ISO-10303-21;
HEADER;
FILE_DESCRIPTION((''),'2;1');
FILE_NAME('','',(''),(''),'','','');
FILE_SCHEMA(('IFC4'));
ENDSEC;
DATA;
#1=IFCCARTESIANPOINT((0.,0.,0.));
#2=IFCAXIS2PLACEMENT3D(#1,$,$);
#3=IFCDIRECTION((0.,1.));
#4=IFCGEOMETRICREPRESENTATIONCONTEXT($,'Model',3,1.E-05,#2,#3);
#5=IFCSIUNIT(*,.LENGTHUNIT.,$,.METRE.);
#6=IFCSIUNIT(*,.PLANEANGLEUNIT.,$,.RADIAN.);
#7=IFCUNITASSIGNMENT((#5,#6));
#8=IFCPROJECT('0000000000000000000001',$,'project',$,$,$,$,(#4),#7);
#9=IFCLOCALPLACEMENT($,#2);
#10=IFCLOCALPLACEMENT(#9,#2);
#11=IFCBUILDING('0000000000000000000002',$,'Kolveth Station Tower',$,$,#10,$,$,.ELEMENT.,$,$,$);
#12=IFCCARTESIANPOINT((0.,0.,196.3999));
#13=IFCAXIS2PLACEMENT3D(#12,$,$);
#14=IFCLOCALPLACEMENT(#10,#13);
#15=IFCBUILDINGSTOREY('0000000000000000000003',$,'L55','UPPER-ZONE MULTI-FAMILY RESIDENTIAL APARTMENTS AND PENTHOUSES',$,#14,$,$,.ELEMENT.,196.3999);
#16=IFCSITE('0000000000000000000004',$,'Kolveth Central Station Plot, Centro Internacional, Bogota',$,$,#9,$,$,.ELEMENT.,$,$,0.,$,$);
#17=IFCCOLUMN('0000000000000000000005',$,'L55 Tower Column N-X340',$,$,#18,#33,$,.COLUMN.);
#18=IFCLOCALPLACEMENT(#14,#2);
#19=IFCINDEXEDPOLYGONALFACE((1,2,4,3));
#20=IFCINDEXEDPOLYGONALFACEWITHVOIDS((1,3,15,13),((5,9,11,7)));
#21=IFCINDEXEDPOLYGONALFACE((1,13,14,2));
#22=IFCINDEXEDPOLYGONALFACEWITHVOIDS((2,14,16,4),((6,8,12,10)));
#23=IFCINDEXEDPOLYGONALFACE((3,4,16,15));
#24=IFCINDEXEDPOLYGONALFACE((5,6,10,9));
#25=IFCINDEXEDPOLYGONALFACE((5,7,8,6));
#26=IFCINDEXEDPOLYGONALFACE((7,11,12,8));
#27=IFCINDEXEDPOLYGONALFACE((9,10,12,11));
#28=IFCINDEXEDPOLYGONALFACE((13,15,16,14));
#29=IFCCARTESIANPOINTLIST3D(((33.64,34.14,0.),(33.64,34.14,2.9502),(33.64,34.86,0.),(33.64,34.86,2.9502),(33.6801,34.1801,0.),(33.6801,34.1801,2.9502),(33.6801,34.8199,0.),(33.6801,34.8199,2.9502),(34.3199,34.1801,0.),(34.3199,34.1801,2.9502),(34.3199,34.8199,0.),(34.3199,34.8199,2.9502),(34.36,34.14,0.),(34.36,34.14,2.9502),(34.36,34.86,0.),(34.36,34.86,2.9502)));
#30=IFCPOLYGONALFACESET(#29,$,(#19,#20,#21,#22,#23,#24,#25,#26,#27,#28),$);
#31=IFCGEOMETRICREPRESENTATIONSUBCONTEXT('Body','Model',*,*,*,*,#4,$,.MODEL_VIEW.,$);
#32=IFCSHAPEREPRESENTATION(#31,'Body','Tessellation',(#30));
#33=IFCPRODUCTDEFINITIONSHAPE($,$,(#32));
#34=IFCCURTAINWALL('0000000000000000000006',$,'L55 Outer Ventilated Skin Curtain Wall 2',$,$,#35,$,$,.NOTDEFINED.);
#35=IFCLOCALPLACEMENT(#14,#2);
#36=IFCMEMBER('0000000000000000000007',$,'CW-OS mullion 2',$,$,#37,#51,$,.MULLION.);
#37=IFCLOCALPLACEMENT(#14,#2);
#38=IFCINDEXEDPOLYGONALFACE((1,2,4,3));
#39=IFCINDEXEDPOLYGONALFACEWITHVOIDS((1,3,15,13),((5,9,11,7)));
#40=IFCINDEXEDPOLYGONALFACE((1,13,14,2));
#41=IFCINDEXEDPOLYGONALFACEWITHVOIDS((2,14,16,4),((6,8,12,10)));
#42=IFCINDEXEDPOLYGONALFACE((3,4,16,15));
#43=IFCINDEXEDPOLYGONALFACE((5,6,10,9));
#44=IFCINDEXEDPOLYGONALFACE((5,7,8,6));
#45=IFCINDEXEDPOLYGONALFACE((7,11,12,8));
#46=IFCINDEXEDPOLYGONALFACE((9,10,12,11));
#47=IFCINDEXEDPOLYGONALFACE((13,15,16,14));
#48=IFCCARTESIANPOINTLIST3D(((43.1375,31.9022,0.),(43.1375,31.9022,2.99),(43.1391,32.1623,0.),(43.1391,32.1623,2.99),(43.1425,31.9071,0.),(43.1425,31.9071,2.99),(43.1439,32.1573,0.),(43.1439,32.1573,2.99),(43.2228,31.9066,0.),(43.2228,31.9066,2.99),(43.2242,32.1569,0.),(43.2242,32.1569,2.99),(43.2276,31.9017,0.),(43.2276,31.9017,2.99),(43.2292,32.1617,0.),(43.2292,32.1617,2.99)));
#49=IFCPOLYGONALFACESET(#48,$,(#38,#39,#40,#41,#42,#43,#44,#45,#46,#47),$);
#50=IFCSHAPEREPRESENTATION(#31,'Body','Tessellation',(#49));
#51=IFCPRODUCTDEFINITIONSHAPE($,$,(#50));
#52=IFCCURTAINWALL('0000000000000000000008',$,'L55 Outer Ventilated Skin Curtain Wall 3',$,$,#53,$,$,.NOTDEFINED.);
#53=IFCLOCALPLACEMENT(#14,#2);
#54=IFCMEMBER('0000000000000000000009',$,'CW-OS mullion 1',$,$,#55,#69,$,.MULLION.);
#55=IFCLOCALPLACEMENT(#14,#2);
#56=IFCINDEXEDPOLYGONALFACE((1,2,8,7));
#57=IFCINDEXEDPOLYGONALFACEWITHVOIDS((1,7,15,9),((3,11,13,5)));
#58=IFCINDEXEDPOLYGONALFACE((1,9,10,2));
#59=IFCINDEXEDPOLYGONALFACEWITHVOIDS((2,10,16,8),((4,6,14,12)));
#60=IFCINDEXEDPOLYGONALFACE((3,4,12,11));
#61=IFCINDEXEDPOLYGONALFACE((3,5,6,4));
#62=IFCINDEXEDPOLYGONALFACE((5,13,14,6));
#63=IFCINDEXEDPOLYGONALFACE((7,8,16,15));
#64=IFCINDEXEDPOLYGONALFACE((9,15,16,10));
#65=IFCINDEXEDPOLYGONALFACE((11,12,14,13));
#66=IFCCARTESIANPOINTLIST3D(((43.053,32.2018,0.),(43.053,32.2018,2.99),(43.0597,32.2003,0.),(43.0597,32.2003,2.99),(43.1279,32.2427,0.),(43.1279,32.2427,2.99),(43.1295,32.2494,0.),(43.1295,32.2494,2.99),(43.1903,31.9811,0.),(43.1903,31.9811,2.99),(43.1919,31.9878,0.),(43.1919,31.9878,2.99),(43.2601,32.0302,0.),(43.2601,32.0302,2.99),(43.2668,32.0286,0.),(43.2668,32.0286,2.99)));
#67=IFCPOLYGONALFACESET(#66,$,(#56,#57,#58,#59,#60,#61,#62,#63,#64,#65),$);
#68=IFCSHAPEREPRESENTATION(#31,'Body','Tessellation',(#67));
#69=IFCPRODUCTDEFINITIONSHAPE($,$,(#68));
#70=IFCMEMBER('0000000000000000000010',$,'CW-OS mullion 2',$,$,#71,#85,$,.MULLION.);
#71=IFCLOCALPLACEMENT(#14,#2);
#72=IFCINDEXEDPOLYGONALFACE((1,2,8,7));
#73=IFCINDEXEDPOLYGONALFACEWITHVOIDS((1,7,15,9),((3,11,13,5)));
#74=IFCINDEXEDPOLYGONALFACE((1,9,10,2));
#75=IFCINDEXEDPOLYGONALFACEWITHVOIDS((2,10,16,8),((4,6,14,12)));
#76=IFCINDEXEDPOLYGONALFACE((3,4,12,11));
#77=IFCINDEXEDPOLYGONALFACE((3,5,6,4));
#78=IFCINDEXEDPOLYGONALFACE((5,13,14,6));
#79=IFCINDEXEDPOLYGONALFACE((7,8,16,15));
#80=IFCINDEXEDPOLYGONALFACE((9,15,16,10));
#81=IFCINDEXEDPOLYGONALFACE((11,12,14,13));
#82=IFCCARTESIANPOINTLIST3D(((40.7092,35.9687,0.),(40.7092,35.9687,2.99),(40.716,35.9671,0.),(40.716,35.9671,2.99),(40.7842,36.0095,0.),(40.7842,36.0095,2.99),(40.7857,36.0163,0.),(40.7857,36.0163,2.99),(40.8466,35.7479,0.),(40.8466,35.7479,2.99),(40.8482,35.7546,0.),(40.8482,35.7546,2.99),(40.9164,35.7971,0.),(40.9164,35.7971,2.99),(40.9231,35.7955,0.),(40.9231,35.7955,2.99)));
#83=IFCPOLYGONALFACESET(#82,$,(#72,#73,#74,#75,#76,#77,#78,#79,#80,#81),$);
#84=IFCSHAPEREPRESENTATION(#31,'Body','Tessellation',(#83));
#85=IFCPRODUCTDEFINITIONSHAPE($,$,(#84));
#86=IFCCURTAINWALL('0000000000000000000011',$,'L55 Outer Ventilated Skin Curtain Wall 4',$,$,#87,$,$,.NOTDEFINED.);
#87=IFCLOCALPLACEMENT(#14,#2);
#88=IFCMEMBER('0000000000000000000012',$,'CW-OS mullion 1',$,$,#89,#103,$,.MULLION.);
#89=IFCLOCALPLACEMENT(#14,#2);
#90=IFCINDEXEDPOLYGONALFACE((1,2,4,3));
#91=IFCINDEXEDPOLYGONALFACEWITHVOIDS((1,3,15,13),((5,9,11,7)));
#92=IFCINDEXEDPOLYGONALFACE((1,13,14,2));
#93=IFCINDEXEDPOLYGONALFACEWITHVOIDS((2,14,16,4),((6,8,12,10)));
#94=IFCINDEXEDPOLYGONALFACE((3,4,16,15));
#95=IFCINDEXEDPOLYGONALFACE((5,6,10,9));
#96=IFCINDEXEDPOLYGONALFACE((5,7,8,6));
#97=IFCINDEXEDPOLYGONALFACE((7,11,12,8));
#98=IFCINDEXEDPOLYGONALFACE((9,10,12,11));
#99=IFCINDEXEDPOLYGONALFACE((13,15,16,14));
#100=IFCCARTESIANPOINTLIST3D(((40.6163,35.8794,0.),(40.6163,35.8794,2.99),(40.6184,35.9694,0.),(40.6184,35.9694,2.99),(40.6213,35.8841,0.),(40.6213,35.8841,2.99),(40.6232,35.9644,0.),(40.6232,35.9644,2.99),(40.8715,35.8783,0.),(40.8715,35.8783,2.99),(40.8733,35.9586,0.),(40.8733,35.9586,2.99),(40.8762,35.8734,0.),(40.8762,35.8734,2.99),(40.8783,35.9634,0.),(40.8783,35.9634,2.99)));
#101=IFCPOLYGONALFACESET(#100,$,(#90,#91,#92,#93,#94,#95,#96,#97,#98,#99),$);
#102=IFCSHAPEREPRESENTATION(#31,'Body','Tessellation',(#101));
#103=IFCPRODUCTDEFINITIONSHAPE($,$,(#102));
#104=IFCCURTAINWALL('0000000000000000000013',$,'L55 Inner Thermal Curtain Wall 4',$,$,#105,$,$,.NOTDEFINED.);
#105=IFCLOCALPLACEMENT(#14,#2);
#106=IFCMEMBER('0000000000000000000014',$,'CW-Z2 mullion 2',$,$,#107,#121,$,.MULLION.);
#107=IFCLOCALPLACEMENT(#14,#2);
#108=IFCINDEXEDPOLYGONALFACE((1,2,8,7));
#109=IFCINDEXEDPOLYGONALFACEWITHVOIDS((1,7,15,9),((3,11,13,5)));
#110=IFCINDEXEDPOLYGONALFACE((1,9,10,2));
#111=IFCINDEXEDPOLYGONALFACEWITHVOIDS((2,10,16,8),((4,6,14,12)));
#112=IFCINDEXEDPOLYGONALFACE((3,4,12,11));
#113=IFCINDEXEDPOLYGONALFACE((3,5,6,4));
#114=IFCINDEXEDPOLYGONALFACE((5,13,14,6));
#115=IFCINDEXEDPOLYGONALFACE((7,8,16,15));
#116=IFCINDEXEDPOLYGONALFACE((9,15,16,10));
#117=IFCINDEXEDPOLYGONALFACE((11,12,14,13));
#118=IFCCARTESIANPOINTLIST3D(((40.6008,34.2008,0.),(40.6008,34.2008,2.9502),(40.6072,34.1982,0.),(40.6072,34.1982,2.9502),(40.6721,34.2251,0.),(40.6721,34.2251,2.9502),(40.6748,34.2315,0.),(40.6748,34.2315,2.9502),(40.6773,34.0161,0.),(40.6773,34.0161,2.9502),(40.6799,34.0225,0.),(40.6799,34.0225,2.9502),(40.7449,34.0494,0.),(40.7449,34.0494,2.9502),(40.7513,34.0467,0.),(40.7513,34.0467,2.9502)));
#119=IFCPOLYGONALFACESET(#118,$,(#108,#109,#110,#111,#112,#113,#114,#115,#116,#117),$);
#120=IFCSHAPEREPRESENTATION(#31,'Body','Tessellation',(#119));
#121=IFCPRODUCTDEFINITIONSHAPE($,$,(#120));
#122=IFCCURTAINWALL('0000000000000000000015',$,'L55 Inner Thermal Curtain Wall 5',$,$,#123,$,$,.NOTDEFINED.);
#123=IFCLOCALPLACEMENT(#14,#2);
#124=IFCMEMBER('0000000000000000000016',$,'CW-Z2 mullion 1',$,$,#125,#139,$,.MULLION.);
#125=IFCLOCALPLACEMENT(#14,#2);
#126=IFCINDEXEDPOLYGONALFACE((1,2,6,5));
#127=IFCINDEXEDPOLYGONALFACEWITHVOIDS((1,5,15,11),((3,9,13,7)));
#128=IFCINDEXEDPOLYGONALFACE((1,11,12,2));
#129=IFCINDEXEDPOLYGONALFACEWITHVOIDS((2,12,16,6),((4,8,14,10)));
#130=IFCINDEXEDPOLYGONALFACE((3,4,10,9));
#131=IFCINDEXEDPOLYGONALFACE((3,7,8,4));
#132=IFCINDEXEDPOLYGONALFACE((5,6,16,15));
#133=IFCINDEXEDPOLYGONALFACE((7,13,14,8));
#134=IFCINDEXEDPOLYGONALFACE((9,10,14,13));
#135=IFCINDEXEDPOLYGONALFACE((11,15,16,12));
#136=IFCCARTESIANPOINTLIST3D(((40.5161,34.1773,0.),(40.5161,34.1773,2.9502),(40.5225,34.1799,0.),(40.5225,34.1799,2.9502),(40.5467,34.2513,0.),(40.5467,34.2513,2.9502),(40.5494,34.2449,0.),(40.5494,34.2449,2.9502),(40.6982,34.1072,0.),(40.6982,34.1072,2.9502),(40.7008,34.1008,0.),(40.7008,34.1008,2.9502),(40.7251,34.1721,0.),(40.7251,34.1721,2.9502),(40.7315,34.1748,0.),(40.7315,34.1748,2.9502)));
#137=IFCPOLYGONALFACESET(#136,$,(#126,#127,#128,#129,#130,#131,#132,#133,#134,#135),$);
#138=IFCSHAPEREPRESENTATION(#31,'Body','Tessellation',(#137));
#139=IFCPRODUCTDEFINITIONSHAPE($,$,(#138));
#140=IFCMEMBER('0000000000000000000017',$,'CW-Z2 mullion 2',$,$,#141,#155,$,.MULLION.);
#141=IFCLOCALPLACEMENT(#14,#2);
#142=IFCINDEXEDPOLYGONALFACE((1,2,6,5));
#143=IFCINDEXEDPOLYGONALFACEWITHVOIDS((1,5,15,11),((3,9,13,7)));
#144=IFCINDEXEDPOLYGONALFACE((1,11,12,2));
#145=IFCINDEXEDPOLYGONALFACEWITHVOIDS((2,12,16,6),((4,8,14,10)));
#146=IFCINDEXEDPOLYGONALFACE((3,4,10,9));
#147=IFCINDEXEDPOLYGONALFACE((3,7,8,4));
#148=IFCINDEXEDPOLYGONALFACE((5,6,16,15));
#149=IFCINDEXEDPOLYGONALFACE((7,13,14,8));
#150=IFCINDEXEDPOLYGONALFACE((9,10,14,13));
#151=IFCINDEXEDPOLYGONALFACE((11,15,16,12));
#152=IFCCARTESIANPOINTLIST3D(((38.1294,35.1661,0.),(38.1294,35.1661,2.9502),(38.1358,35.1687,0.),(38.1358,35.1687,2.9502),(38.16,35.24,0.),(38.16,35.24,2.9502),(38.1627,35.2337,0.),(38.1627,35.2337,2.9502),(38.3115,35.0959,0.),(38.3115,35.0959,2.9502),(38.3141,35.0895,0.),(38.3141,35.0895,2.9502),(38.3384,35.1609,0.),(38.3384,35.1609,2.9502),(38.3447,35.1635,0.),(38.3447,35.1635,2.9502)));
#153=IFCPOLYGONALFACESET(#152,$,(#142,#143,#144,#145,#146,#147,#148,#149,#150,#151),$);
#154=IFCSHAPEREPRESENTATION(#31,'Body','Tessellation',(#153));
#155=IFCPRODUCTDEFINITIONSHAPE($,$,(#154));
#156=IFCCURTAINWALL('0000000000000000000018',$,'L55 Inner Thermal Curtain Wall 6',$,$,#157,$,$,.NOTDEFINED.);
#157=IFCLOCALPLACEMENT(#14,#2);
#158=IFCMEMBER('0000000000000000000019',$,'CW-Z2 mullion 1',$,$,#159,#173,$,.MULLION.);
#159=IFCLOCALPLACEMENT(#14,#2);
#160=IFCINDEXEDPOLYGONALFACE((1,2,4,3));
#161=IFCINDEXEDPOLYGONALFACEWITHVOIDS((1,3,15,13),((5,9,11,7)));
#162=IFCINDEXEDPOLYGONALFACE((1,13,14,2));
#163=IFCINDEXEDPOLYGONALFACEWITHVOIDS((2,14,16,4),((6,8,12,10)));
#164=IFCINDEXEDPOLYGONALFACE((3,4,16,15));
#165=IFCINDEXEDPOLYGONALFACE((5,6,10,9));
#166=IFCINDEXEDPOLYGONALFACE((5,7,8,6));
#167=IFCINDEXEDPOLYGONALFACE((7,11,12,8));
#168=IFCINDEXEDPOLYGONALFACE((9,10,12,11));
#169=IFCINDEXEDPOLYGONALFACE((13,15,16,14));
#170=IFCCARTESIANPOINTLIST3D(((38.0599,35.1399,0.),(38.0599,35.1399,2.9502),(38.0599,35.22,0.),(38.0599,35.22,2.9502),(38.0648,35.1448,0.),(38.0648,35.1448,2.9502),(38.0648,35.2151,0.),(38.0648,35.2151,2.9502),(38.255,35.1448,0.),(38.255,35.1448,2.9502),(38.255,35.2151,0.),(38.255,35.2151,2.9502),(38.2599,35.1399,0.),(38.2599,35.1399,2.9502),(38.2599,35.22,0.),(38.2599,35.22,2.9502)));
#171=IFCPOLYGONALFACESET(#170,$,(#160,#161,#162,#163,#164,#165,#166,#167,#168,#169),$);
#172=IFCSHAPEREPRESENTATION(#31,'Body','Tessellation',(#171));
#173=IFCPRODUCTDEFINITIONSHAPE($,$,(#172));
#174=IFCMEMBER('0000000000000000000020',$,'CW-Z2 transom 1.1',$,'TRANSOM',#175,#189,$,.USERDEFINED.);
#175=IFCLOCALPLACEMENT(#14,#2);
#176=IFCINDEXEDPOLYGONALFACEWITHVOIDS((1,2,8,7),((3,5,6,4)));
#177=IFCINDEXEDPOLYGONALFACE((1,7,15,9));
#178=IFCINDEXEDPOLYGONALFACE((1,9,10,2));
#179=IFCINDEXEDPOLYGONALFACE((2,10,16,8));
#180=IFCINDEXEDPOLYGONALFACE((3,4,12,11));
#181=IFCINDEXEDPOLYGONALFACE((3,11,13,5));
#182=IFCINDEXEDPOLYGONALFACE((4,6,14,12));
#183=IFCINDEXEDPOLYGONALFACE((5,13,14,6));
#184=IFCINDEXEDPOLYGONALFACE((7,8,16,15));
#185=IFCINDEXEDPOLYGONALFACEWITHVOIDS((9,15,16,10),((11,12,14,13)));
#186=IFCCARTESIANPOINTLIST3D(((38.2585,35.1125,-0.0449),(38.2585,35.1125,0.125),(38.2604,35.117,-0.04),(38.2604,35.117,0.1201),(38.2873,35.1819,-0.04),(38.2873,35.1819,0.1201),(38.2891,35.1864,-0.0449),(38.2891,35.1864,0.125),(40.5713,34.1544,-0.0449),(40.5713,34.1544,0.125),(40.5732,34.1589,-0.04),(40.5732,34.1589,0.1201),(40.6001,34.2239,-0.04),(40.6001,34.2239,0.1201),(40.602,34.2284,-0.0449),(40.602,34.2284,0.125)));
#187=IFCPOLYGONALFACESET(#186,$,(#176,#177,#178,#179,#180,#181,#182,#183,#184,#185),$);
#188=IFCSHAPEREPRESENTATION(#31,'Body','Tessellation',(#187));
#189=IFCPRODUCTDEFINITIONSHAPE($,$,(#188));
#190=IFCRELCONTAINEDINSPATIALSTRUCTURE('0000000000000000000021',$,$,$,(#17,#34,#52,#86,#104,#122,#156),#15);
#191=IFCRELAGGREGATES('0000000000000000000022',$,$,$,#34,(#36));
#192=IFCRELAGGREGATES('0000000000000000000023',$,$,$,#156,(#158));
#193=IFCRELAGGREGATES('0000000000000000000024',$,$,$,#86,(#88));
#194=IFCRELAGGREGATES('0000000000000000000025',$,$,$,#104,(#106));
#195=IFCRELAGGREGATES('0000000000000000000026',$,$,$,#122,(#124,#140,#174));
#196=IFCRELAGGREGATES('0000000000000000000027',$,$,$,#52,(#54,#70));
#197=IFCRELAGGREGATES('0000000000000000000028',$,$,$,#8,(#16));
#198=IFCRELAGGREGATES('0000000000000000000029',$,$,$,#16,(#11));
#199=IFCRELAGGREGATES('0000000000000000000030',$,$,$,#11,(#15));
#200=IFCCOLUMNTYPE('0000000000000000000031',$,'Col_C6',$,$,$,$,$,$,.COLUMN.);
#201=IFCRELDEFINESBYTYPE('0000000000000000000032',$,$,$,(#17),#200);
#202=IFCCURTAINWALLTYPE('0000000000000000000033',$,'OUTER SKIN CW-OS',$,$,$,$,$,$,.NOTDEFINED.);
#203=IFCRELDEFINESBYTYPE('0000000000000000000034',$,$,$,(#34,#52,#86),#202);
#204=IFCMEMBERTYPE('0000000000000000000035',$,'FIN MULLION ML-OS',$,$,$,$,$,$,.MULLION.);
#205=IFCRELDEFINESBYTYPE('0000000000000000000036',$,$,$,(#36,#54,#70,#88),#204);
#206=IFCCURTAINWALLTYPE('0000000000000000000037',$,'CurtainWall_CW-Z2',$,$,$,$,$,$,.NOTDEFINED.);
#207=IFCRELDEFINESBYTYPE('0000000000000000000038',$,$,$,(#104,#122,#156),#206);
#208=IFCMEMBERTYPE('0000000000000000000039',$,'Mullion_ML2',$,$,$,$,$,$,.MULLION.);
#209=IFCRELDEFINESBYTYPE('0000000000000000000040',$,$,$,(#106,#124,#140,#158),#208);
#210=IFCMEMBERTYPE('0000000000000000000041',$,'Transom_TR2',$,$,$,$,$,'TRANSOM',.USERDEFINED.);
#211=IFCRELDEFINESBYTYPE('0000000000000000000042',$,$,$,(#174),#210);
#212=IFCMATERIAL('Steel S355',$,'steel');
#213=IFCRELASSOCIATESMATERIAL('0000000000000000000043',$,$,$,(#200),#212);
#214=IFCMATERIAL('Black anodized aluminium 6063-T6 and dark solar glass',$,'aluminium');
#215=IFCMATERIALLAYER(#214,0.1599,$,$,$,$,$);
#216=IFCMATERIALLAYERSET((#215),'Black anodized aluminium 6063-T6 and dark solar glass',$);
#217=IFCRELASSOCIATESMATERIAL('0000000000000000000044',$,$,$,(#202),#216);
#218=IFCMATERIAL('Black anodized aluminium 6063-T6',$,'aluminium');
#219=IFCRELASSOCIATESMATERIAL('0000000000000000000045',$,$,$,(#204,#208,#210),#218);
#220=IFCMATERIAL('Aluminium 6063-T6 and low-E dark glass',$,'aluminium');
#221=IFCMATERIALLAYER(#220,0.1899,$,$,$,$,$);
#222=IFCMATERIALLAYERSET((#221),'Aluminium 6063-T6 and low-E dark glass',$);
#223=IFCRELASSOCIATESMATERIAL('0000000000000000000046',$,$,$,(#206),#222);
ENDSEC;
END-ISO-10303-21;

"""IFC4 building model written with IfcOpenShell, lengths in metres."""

from ifc_helpers import new_model, si_unit, direction, frame, origin, origin_2d, place, context, subcontext, project, spatial, hollow_rectangle, extrude, source, transform, mapped, material, layer, layer_set, material_profile, profile_set, type_object, element, aggregate, save


model = new_model("IFC4")

# Units and contexts
model_context = context("Model", 3, precision=1e-05, world=origin(), true_north=direction((0.0, 1.0)))
body_context = subcontext(model_context, "Body", "Model", "MODEL_VIEW")
ifc_project = project(units=[si_unit("LENGTHUNIT", "METRE"), si_unit("PLANEANGLEUNIT", "RADIAN")], contexts=[model_context])

# Site, building, storey
site_placement = place(None, origin())
site = spatial("IfcSite", under=ifc_project, at=site_placement, Name="Kolveth Central Station Plot, Centro Internacional, Bogota", CompositionType="ELEMENT", RefElevation=0.0)
building_placement = place(site_placement, origin())
building = spatial("IfcBuilding", under=site, at=building_placement, Name="Kolveth Station Tower", CompositionType="ELEMENT")
storey_placement = place(building_placement, frame((0.0, 0.0, 196.3999)))
storey = spatial("IfcBuildingStorey", under=building, at=storey_placement, Name="L55", Description="UPPER-ZONE MULTI-FAMILY RESIDENTIAL APARTMENTS AND PENTHOUSES", CompositionType="ELEMENT", Elevation=196.3999)

# Column
ifc_material_1 = material(Name="Steel S355", Category="steel")
ifc_material_profile_1 = material_profile(ifc_material_1, hollow_rectangle(XDim=0.72, YDim=0.72, WallThickness=0.04, at=origin_2d()), Name="BOX720x720x40")
ifc_profile_set_1 = profile_set([ifc_material_profile_1], Name="Steel S355")
column_type = type_object("IfcColumnType", Name="Col_C6", PredefinedType="COLUMN", material=ifc_profile_set_1)
shared_shape_1 = source(origin(), body_context, "Body", "SweptSolid", [
    extrude(hollow_rectangle(XDim=0.72, YDim=0.72, WallThickness=0.04, at=origin_2d()), origin(), (0.0, 0.0, 1.0), 2.9502),
])
column_placement = place(storey_placement, frame((34.0, 34.5, 0.0), z_axis=(0.0, 0.0, 1.0), x_axis=(1.0, 0.0, 0.0)))
element("IfcColumn", 1, at=column_placement, inside=storey, type_object=column_type, Name="L55 Tower Column N-X340", PredefinedType="COLUMN", context=body_context, shape_type="MappedRepresentation", body=[
    mapped(shared_shape_1, transform((0.0, 0.0, 0.0), x_axis=(1.0, 0.0, 0.0), y_axis=(0.0, 1.0, 0.0), z_axis=(0.0, 0.0, 1.0), scale=1.0)),
])

# Curtain wall, member
ifc_material_2 = material(Name="Black anodized aluminium 6063-T6 and dark solar glass", Category="aluminium")
ifc_layer_1 = layer(ifc_material_2, 0.1599)
ifc_layer_set_1 = layer_set([ifc_layer_1], Name="Black anodized aluminium 6063-T6 and dark solar glass")
curtain_wall_type_1 = type_object("IfcCurtainWallType", Name="OUTER SKIN CW-OS", PredefinedType="NOTDEFINED", material=ifc_layer_set_1)
curtain_wall_1_placement = place(storey_placement, origin())
curtain_wall_1 = element("IfcCurtainWall", 2, at=curtain_wall_1_placement, inside=storey, type_object=curtain_wall_type_1, Name="L55 Outer Ventilated Skin Curtain Wall 2", PredefinedType="NOTDEFINED")
ifc_material_3 = material(Name="Black anodized aluminium 6063-T6", Category="aluminium")
ifc_material_profile_2 = material_profile(ifc_material_3, hollow_rectangle(XDim=0.0901, YDim=0.26, WallThickness=0.0049, at=origin_2d()), Name="ALU-90x260x5")
ifc_profile_set_2 = profile_set([ifc_material_profile_2], Name="Black anodized aluminium 6063-T6")
member_type_1 = type_object("IfcMemberType", Name="FIN MULLION ML-OS", PredefinedType="MULLION", material=ifc_profile_set_2)
shared_shape_2 = source(origin(), body_context, "Body", "SweptSolid", [
    extrude(hollow_rectangle(XDim=0.0901, YDim=0.26, WallThickness=0.0049, at=origin_2d()), origin(), (0.0, 0.0, 1.0), 2.99),
])
member_1_placement = place(storey_placement, frame((43.1833, 32.032, 0.0), z_axis=(0.0, 0.0, 1.0), x_axis=(-0.999983, 0.005901, 0.0)))
member_1 = element("IfcMember", 3, at=member_1_placement, type_object=member_type_1, Name="CW-OS mullion 2", PredefinedType="MULLION", context=body_context, shape_type="MappedRepresentation", body=[
    mapped(shared_shape_2, transform((0.0, 0.0, 0.0), x_axis=(1.0, 0.0, 0.0), y_axis=(0.0, 1.0, 0.0), z_axis=(0.0, 0.0, 1.0), scale=1.0)),
])
aggregate(curtain_wall_1, [member_1])

# Curtain wall, members
curtain_wall_2_placement = place(storey_placement, origin())
curtain_wall_2 = element("IfcCurtainWall", 4, at=curtain_wall_2_placement, inside=storey, type_object=curtain_wall_type_1, Name="L55 Outer Ventilated Skin Curtain Wall 3", PredefinedType="NOTDEFINED")
member_2_placement = place(storey_placement, frame((43.1599, 32.1152, 0.0), z_axis=(0.0, 0.0, 1.0), x_axis=(-0.849061, -0.528294, 0.0)))
member_2 = element("IfcMember", 5, at=member_2_placement, type_object=member_type_1, Name="CW-OS mullion 1", PredefinedType="MULLION", context=body_context, shape_type="MappedRepresentation", body=[
    mapped(shared_shape_2, transform((0.0, 0.0, 0.0), x_axis=(1.0, 0.0, 0.0), y_axis=(0.0, 1.0, 0.0), z_axis=(0.0, 0.0, 1.0), scale=1.0)),
])
member_3_placement = place(storey_placement, frame((40.8162, 35.8821, 0.0), z_axis=(0.0, 0.0, 1.0), x_axis=(-0.849061, -0.528294, 0.0)))
member_3 = element("IfcMember", 6, at=member_3_placement, type_object=member_type_1, Name="CW-OS mullion 2", PredefinedType="MULLION", context=body_context, shape_type="MappedRepresentation", body=[
    mapped(shared_shape_2, transform((0.0, 0.0, 0.0), x_axis=(1.0, 0.0, 0.0), y_axis=(0.0, 1.0, 0.0), z_axis=(0.0, 0.0, 1.0), scale=1.0)),
])

# Curtain walls, members
curtain_wall_3_placement = place(storey_placement, origin())
curtain_wall_3 = element("IfcCurtainWall", 7, at=curtain_wall_3_placement, inside=storey, type_object=curtain_wall_type_1, Name="L55 Outer Ventilated Skin Curtain Wall 4", PredefinedType="NOTDEFINED")
member_4_placement = place(storey_placement, frame((40.7473, 35.9214, 0.0), z_axis=(0.0, 0.0, 1.0), x_axis=(-0.023106, -0.999733, 0.0)))
member_4 = element("IfcMember", 8, at=member_4_placement, type_object=member_type_1, Name="CW-OS mullion 1", PredefinedType="MULLION", context=body_context, shape_type="MappedRepresentation", body=[
    mapped(shared_shape_2, transform((0.0, 0.0, 0.0), x_axis=(1.0, 0.0, 0.0), y_axis=(0.0, 1.0, 0.0), z_axis=(0.0, 0.0, 1.0), scale=1.0)),
])
ifc_material_4 = material(Name="Aluminium 6063-T6 and low-E dark glass", Category="aluminium")
ifc_layer_2 = layer(ifc_material_4, 0.1899)
ifc_layer_set_2 = layer_set([ifc_layer_2], Name="Aluminium 6063-T6 and low-E dark glass")
curtain_wall_type_2 = type_object("IfcCurtainWallType", Name="CurtainWall_CW-Z2", PredefinedType="NOTDEFINED", material=ifc_layer_set_2)
curtain_wall_4_placement = place(storey_placement, origin())
curtain_wall_4 = element("IfcCurtainWall", 9, at=curtain_wall_4_placement, inside=storey, type_object=curtain_wall_type_2, Name="L55 Inner Thermal Curtain Wall 4", PredefinedType="NOTDEFINED")
ifc_material_profile_3 = material_profile(ifc_material_3, hollow_rectangle(XDim=0.0801, YDim=0.2, WallThickness=0.0049, at=origin_2d()), Name="ALU-80x200x5")
ifc_profile_set_3 = profile_set([ifc_material_profile_3], Name="Black anodized aluminium 6063-T6")
member_type_2 = type_object("IfcMemberType", Name="Mullion_ML2", PredefinedType="MULLION", material=ifc_profile_set_3)
shared_shape_3 = source(origin(), body_context, "Body", "SweptSolid", [
    extrude(hollow_rectangle(XDim=0.0801, YDim=0.2, WallThickness=0.0049, at=origin_2d()), origin(), (0.0, 0.0, 1.0), 2.9502),
])
member_5_placement = place(storey_placement, frame((40.676, 34.1238, 0.0), z_axis=(0.0, 0.0, 1.0), x_axis=(-0.923874, -0.382698, 0.0)))
member_5 = element("IfcMember", 10, at=member_5_placement, type_object=member_type_2, Name="CW-Z2 mullion 2", PredefinedType="MULLION", context=body_context, shape_type="MappedRepresentation", body=[
    mapped(shared_shape_3, transform((0.0, 0.0, 0.0), x_axis=(1.0, 0.0, 0.0), y_axis=(0.0, 1.0, 0.0), z_axis=(0.0, 0.0, 1.0), scale=1.0)),
])

# Curtain wall, members
curtain_wall_5_placement = place(storey_placement, origin())
curtain_wall_5 = element("IfcCurtainWall", 11, at=curtain_wall_5_placement, inside=storey, type_object=curtain_wall_type_2, Name="L55 Inner Thermal Curtain Wall 5", PredefinedType="NOTDEFINED")
member_6_placement = place(storey_placement, frame((40.6238, 34.176, 0.0), z_axis=(0.0, 0.0, 1.0), x_axis=(-0.382698, -0.923874, 0.0)))
member_6 = element("IfcMember", 12, at=member_6_placement, type_object=member_type_2, Name="CW-Z2 mullion 1", PredefinedType="MULLION", context=body_context, shape_type="MappedRepresentation", body=[
    mapped(shared_shape_3, transform((0.0, 0.0, 0.0), x_axis=(1.0, 0.0, 0.0), y_axis=(0.0, 1.0, 0.0), z_axis=(0.0, 0.0, 1.0), scale=1.0)),
])
member_7_placement = place(storey_placement, frame((38.2371, 35.1648, 0.0), z_axis=(0.0, 0.0, 1.0), x_axis=(-0.382698, -0.923874, 0.0)))
member_7 = element("IfcMember", 13, at=member_7_placement, type_object=member_type_2, Name="CW-Z2 mullion 2", PredefinedType="MULLION", context=body_context, shape_type="MappedRepresentation", body=[
    mapped(shared_shape_3, transform((0.0, 0.0, 0.0), x_axis=(1.0, 0.0, 0.0), y_axis=(0.0, 1.0, 0.0), z_axis=(0.0, 0.0, 1.0), scale=1.0)),
])

# Curtain wall, member
curtain_wall_6_placement = place(storey_placement, origin())
curtain_wall_6 = element("IfcCurtainWall", 14, at=curtain_wall_6_placement, inside=storey, type_object=curtain_wall_type_2, Name="L55 Inner Thermal Curtain Wall 6", PredefinedType="NOTDEFINED")
member_8_placement = place(storey_placement, frame((38.1599, 35.1799, 0.0), z_axis=(0.0, 0.0, 1.0), x_axis=(0.0, -1.0, 0.0)))
member_8 = element("IfcMember", 15, at=member_8_placement, type_object=member_type_2, Name="CW-Z2 mullion 1", PredefinedType="MULLION", context=body_context, shape_type="MappedRepresentation", body=[
    mapped(shared_shape_3, transform((0.0, 0.0, 0.0), x_axis=(1.0, 0.0, 0.0), y_axis=(0.0, 1.0, 0.0), z_axis=(0.0, 0.0, 1.0), scale=1.0)),
])

# Member
ifc_material_profile_4 = material_profile(ifc_material_3, hollow_rectangle(XDim=0.0801, YDim=0.1699, WallThickness=0.0049, at=origin_2d()), Name="ALU-80x170x5")
ifc_profile_set_4 = profile_set([ifc_material_profile_4], Name="Black anodized aluminium 6063-T6")
member_type_3 = type_object("IfcMemberType", Name="Transom_TR2", ElementType="TRANSOM", PredefinedType="USERDEFINED", material=ifc_profile_set_4)
shared_shape_4 = source(origin(), body_context, "Body", "SweptSolid", [
    extrude(hollow_rectangle(XDim=0.0801, YDim=0.1699, WallThickness=0.0049, at=origin_2d()), origin(), (0.0, 0.0, 1.0), 2.5034),
])
member_9_placement = place(storey_placement, frame((40.5867, 34.1914, 0.04), z_axis=(-0.923874, 0.382696, 0.0), x_axis=(-0.382696, -0.923874, 0.0)))
member_9 = element("IfcMember", 16, at=member_9_placement, type_object=member_type_3, Name="CW-Z2 transom 1.1", ObjectType="TRANSOM", PredefinedType="USERDEFINED", context=body_context, shape_type="MappedRepresentation", body=[
    mapped(shared_shape_4, transform((0.0, 0.0, 0.0), x_axis=(1.0, 0.0, 0.0), y_axis=(0.0, 1.0, 0.0), z_axis=(0.0, 0.0, 1.0), scale=1.0)),
])
aggregate(curtain_wall_6, [member_8])
aggregate(curtain_wall_3, [member_4])

aggregate(curtain_wall_4, [member_5])
aggregate(curtain_wall_5, [member_6, member_7, member_9])
aggregate(curtain_wall_2, [member_2, member_3])

save(model, "model.ifc")
